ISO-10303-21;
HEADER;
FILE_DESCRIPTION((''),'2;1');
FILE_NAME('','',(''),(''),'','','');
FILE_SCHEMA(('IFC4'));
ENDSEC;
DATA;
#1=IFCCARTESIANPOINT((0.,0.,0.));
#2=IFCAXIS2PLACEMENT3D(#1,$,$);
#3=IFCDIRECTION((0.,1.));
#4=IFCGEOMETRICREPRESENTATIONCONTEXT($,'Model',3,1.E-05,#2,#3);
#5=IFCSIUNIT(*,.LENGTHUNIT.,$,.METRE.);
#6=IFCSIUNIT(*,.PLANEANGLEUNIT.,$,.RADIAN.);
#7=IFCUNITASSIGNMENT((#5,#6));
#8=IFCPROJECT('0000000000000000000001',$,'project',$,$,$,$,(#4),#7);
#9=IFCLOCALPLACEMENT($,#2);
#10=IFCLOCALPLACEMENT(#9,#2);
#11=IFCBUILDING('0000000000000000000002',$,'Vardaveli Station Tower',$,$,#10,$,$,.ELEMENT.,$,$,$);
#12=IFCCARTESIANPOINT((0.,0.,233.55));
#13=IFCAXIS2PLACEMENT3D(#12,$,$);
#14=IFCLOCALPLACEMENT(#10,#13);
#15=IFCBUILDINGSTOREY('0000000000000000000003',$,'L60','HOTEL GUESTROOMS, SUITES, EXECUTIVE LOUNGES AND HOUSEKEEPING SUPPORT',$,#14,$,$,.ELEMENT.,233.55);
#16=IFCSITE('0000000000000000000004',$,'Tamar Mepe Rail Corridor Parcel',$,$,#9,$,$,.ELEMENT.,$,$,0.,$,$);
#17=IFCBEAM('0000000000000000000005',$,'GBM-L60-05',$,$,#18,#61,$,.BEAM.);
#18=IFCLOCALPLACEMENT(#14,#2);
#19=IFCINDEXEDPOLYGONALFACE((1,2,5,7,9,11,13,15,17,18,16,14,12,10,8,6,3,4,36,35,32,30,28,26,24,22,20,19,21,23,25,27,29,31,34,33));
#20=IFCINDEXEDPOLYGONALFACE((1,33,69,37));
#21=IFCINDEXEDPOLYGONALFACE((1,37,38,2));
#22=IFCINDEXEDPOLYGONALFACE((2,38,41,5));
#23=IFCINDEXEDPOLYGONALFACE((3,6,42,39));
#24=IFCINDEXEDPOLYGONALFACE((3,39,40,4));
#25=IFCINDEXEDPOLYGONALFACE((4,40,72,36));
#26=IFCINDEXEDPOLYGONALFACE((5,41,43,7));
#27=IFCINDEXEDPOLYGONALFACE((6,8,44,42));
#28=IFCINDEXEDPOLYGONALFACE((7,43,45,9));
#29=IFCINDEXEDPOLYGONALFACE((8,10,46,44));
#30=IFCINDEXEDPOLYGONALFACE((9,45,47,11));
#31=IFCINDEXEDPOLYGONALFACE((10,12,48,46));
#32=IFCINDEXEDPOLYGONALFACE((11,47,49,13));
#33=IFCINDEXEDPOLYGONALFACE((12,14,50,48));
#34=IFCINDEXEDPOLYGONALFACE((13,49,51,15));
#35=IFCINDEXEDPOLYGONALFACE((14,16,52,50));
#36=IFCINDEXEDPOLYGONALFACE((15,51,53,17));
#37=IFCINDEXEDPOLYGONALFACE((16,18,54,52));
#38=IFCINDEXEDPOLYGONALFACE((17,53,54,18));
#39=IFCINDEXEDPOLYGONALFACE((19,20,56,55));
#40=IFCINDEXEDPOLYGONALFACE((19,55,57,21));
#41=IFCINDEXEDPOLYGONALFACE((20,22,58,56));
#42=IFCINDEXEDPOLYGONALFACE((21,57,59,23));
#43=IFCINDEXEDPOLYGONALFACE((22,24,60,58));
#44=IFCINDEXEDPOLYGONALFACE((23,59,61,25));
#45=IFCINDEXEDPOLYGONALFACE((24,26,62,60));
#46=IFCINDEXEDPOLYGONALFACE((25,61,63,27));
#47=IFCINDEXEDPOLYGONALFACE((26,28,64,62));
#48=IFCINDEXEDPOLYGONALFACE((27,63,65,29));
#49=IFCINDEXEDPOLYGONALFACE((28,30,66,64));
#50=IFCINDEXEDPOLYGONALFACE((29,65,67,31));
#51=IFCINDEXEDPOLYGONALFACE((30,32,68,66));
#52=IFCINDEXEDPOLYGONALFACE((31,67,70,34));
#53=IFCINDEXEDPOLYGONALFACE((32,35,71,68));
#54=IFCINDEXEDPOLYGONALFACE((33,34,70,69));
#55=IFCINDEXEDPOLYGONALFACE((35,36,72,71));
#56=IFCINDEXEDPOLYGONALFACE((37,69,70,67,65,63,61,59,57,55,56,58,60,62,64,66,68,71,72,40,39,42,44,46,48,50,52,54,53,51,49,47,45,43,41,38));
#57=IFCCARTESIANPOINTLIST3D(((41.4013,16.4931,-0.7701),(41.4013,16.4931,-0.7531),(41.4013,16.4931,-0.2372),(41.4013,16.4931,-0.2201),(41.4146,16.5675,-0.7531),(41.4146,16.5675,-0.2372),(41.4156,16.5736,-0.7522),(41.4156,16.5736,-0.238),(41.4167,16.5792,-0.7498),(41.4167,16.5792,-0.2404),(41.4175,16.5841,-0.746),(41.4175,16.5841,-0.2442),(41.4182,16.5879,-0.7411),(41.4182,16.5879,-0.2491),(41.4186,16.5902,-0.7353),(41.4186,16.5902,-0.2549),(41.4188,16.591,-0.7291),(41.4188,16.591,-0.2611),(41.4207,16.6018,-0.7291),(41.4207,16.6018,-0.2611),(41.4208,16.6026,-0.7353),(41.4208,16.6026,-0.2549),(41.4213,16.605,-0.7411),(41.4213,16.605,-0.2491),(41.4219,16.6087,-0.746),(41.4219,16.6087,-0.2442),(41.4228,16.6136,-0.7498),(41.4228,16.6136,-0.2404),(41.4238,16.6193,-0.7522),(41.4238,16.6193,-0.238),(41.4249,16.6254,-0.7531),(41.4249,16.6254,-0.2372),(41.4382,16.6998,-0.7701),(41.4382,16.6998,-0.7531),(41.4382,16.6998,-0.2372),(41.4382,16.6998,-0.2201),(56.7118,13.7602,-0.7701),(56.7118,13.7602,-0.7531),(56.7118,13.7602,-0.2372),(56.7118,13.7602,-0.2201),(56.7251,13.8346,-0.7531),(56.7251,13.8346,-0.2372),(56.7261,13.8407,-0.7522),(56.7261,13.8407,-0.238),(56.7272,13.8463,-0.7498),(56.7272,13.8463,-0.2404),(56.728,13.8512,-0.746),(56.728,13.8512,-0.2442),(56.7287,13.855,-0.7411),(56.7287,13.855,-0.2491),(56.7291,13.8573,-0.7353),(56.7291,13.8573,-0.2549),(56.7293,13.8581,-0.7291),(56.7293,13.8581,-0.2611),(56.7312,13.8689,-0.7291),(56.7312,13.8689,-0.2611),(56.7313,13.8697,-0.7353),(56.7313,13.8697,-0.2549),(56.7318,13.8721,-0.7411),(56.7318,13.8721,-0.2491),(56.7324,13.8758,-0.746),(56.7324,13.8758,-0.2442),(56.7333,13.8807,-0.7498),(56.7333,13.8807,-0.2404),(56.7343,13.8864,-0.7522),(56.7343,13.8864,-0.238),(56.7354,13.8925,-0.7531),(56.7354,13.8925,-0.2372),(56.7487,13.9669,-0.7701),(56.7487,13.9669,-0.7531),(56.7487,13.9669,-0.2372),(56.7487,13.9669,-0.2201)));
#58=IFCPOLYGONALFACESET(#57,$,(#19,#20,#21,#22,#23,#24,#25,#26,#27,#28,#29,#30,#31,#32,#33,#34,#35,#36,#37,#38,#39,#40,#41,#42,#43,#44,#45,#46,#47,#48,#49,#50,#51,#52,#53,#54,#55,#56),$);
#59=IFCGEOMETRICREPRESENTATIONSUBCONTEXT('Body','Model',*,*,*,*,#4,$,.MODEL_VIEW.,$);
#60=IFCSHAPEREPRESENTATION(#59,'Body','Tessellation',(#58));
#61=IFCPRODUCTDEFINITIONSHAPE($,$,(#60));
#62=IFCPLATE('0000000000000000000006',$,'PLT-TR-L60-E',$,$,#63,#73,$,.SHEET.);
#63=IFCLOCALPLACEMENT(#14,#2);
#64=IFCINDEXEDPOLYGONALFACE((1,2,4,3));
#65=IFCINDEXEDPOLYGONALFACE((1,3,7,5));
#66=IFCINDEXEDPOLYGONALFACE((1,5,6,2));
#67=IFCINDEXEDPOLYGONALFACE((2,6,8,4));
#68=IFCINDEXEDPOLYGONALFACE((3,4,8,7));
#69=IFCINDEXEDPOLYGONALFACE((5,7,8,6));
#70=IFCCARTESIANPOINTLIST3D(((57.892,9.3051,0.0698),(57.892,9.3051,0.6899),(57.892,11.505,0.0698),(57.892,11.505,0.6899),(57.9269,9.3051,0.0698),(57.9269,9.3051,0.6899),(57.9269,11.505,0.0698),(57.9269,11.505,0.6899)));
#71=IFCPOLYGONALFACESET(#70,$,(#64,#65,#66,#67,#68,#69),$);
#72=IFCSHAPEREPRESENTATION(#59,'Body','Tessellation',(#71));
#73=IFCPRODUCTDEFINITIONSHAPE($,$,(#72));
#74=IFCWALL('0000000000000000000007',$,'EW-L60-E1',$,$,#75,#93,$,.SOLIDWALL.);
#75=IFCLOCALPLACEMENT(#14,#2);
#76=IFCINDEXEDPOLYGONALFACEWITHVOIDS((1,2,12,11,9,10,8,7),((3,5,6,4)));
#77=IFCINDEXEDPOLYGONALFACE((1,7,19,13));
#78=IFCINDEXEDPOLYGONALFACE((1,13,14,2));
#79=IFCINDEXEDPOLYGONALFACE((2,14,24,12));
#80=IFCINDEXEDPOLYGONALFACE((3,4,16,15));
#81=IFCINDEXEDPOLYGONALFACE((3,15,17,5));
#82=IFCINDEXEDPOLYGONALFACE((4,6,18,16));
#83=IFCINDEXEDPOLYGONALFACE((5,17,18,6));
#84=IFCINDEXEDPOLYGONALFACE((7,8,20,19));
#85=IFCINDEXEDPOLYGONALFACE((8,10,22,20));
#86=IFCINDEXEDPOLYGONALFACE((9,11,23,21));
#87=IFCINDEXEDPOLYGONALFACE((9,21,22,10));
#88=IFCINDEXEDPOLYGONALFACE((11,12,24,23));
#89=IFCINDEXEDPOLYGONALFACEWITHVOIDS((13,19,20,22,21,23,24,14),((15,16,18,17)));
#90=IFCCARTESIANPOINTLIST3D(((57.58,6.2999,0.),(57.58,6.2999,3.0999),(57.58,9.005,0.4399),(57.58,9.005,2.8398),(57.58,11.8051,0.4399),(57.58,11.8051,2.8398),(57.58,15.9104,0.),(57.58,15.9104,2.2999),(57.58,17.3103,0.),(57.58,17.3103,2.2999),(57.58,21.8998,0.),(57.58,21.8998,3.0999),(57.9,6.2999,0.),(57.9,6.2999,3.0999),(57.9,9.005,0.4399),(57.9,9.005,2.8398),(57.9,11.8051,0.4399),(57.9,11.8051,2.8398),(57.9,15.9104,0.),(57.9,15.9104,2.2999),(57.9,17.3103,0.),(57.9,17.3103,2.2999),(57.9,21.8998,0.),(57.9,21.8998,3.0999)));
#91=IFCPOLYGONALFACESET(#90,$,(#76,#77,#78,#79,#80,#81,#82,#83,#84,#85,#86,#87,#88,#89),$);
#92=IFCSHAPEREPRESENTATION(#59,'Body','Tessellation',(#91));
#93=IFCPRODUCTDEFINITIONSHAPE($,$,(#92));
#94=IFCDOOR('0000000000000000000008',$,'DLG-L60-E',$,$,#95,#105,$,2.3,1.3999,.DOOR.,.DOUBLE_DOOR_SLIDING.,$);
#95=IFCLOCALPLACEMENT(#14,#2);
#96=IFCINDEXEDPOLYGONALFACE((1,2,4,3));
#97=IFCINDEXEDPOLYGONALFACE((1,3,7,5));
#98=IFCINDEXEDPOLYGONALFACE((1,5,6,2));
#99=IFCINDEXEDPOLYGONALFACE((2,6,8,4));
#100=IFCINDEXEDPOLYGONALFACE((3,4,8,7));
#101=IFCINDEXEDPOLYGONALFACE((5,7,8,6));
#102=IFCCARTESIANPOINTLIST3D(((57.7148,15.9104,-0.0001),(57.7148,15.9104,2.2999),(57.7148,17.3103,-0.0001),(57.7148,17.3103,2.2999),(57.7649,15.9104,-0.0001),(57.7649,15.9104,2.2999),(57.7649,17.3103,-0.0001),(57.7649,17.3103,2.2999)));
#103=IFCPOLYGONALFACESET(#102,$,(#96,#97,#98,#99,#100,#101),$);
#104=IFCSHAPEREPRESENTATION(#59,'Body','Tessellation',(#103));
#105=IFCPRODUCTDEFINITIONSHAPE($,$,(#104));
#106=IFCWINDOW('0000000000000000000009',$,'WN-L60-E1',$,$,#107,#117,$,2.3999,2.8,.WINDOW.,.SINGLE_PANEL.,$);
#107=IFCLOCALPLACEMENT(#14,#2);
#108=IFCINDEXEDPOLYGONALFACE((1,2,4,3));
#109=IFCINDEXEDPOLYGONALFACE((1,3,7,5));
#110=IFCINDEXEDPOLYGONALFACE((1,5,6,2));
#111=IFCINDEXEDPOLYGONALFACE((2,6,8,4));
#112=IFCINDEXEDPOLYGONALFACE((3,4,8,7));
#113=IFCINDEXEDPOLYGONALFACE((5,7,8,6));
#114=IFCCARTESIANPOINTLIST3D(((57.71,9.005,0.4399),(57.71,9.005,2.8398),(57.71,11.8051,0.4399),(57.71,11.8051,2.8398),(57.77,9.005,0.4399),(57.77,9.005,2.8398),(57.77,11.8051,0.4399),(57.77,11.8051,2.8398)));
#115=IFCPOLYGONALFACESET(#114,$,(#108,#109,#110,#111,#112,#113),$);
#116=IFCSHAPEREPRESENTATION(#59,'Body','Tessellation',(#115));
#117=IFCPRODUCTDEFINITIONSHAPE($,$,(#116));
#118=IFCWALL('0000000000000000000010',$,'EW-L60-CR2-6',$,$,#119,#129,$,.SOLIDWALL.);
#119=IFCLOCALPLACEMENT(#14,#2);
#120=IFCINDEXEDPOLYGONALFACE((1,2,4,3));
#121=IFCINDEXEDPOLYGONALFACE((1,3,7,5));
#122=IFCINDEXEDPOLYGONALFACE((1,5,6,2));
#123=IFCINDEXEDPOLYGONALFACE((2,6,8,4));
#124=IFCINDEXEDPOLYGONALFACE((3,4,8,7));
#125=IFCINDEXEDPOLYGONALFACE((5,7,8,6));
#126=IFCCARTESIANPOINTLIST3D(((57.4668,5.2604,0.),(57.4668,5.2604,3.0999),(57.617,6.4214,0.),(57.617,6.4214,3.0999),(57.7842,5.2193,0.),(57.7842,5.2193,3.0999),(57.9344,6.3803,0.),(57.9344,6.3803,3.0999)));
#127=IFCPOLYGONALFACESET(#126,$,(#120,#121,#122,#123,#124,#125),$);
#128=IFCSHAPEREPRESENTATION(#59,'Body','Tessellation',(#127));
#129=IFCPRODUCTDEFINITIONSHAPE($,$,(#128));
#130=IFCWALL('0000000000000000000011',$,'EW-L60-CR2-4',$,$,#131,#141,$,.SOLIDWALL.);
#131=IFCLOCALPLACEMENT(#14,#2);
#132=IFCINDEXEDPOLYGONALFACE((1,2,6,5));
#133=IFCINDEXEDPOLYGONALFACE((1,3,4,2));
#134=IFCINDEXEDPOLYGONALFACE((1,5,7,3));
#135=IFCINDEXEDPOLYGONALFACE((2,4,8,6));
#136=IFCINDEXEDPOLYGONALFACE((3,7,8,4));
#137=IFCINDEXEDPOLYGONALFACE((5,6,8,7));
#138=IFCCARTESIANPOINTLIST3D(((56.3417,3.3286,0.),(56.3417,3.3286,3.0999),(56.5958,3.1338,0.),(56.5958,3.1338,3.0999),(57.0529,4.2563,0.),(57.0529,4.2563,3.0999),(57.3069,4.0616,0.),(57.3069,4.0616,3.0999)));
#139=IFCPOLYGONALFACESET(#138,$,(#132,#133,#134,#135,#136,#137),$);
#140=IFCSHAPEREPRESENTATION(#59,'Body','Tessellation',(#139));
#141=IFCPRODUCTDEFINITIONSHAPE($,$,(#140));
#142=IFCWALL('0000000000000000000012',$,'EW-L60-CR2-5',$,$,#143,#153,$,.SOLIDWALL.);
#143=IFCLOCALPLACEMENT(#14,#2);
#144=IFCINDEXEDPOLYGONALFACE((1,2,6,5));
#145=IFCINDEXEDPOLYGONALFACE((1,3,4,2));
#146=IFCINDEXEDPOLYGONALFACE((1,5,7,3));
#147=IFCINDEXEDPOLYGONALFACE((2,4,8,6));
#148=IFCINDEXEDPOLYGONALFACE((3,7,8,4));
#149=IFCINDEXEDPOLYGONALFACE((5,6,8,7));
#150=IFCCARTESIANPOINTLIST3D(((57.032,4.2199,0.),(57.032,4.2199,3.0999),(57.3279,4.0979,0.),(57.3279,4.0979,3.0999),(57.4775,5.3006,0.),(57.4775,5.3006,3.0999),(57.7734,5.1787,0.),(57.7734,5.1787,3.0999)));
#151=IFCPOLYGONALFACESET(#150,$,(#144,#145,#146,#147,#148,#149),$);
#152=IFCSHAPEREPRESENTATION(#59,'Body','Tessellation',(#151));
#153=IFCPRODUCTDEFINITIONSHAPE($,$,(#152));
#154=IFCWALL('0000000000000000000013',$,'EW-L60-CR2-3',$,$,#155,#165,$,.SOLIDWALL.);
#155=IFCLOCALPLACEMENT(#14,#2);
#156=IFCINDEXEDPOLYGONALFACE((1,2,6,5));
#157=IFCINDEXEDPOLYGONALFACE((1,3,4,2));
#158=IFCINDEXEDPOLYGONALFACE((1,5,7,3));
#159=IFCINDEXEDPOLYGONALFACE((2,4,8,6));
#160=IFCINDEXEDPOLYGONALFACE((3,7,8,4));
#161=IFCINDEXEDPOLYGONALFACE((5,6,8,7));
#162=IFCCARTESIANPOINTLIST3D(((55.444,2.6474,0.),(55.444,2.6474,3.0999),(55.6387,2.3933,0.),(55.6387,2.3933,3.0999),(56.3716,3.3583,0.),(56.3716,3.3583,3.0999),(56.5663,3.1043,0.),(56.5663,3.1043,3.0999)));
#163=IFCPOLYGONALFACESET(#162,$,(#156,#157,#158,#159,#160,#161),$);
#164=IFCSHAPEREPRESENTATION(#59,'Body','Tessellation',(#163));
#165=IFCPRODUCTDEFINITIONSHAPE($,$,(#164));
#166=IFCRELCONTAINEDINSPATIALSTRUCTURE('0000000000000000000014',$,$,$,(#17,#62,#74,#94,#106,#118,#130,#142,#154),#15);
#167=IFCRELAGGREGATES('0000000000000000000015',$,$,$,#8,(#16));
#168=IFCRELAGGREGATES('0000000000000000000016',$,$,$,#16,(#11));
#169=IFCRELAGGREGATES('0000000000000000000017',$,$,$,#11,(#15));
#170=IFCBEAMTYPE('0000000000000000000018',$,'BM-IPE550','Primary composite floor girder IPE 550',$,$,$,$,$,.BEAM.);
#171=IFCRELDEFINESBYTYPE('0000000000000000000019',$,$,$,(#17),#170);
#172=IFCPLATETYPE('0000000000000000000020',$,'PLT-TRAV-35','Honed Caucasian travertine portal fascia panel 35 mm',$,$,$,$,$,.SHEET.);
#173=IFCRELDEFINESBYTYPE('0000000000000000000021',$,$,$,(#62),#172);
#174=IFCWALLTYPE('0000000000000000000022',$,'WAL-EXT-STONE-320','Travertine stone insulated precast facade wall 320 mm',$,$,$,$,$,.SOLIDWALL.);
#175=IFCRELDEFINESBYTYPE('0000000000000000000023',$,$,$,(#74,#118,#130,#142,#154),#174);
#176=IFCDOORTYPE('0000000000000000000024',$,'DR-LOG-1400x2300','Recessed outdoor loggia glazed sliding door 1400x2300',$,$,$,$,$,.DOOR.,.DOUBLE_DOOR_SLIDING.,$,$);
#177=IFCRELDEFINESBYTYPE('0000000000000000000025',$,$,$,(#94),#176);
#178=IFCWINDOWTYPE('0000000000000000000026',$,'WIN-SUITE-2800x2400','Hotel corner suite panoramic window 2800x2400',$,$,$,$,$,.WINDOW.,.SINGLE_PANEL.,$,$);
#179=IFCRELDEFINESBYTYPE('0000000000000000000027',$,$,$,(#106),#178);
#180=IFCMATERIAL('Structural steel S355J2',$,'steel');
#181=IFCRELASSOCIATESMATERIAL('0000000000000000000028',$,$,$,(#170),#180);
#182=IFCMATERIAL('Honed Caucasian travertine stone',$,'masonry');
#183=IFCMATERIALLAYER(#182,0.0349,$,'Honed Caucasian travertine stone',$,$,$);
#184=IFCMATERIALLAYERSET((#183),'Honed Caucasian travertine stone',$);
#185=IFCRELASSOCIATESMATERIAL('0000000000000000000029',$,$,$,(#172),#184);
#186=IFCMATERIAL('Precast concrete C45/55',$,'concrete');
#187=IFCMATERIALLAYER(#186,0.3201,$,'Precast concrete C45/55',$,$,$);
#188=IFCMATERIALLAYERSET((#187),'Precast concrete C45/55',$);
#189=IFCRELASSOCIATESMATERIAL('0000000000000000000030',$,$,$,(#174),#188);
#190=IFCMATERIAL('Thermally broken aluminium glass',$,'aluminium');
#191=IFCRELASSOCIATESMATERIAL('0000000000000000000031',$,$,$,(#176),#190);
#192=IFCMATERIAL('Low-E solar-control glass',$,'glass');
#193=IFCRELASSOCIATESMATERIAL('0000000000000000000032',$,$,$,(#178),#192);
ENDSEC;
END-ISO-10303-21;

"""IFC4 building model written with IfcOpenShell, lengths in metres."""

from ifc_helpers import new_model, si_unit, direction, frame, frame_2d, origin, origin_2d, place, context, subcontext, project, spatial, rectangle, i_section, extrude, source, transform, mapped, material, layer, layer_set, material_profile, profile_set, type_object, element, fill, save


model = new_model("IFC4")

# Units and contexts
model_context = context("Model", 3, precision=1e-05, world=origin(), true_north=direction((0.0, 1.0)))
body_context = subcontext(model_context, "Body", "Model", "MODEL_VIEW")
ifc_project = project(units=[si_unit("LENGTHUNIT", "METRE"), si_unit("PLANEANGLEUNIT", "RADIAN")], contexts=[model_context])

# Site, building, storey
site_placement = place(None, origin())
site = spatial("IfcSite", under=ifc_project, at=site_placement, Name="Tamar Mepe Rail Corridor Parcel", CompositionType="ELEMENT", RefElevation=0.0)
building_placement = place(site_placement, origin())
building = spatial("IfcBuilding", under=site, at=building_placement, Name="Vardaveli Station Tower", CompositionType="ELEMENT")
storey_placement = place(building_placement, frame((0.0, 0.0, 233.55)))
storey = spatial("IfcBuildingStorey", under=building, at=storey_placement, Name="L60", Description="HOTEL GUESTROOMS, SUITES, EXECUTIVE LOUNGES AND HOUSEKEEPING SUPPORT", CompositionType="ELEMENT", Elevation=233.55)

# Beam
ifc_material_1 = material(Name="Precast concrete C45/55", Category="concrete")
ifc_material_2 = material(Name="Structural steel S355J2", Category="steel")
ifc_material_profile_1 = material_profile(ifc_material_2, i_section(OverallWidth=0.21, OverallDepth=0.55, WebThickness=0.011, FlangeThickness=0.0171, FilletRadius=0.0239, at=origin_2d()), Name="IPE 550")
ifc_profile_set_1 = profile_set([ifc_material_profile_1], Name="Structural steel S355J2")
beam_type_1 = type_object("IfcBeamType", Name="BM-IPE550", Description="Primary composite floor girder IPE 550", PredefinedType="BEAM", material=ifc_profile_set_1)
shared_shape_1 = source(origin(), body_context, "Body", "SweptSolid", [
    extrude(i_section(OverallWidth=0.21, OverallDepth=0.55, WebThickness=0.011, FlangeThickness=0.0171, FilletRadius=0.0239, at=origin_2d()), origin(), (0.0, 0.0, 1.0), 15.5525),
])
beam_1_placement = place(storey_placement, frame((56.7302, 13.8635, -0.4951), z_axis=(-0.98444, 0.175721, 0.0), x_axis=(-0.175721, -0.98444, 0.0)))
element("IfcBeam", 1, at=beam_1_placement, inside=storey, type_object=beam_type_1, Name="GBM-L60-05", PredefinedType="BEAM", context=body_context, shape_type="MappedRepresentation", body=[
    mapped(shared_shape_1, transform((0.0, 0.0, 0.0), scale=1.0)),
])

# Plate
ifc_material_3 = material(Name="Honed Caucasian travertine stone", Category="masonry")
ifc_layer_1 = layer(ifc_material_3, 0.0349, Name="Honed Caucasian travertine stone")
ifc_layer_set_1 = layer_set([ifc_layer_1], Name="Honed Caucasian travertine stone")
plate_type = type_object("IfcPlateType", Name="PLT-TRAV-35", Description="Honed Caucasian travertine portal fascia panel 35 mm", PredefinedType="SHEET", material=ifc_layer_set_1)
shared_shape_2 = source(origin(), body_context, "Body", "SweptSolid", [
    extrude(rectangle(XDim=2.2, YDim=0.0349, at=origin_2d()), origin(), (0.0, 0.0, 1.0), 0.6201),
])
plate_placement = place(storey_placement, frame((57.9094, 10.405, 0.0698), z_axis=(0.0, 0.0, 1.0), x_axis=(0.0, 1.0, 0.0)))
element("IfcPlate", 2, at=plate_placement, inside=storey, type_object=plate_type, Name="PLT-TR-L60-E", PredefinedType="SHEET", context=body_context, shape_type="MappedRepresentation", body=[
    mapped(shared_shape_2, transform((0.0, 0.0, 0.0), scale=1.0)),
])

# Wall, openings, door, window
ifc_layer_2 = layer(ifc_material_1, 0.3201, Name="Precast concrete C45/55")
ifc_layer_set_2 = layer_set([ifc_layer_2], Name="Precast concrete C45/55")
wall_type_1 = type_object("IfcWallType", Name="WAL-EXT-STONE-320", Description="Travertine stone insulated precast facade wall 320 mm", PredefinedType="SOLIDWALL", material=ifc_layer_set_2)
shared_shape_3 = source(origin(), body_context, "Body", "SweptSolid", [
    extrude(rectangle(XDim=15.5999, YDim=0.3201, at=frame_2d((7.7998, 0.0))), origin(), (0.0, 0.0, 1.0), 3.0999),
])
wall_1_placement = place(storey_placement, frame((57.74, 6.3, 0.0), z_axis=(0.0, 0.0, 1.0), x_axis=(0.0, 1.0, 0.0)))
wall_1 = element("IfcWall", 3, at=wall_1_placement, inside=storey, type_object=wall_type_1, Name="EW-L60-E1", PredefinedType="SOLIDWALL", context=body_context, shape_type="MappedRepresentation", body=[
    mapped(shared_shape_3, transform((0.0, 0.0, 0.0), scale=1.0)),
])
shared_shape_4 = source(origin(), body_context, "Body", "SweptSolid", [
    extrude(rectangle(XDim=1.3999, YDim=2.3, at=frame_2d((0.7, 1.1499))), frame((0.0, 0.1699, 0.0), z_axis=(0.0, -1.0, 0.0), x_axis=(1.0, 0.0, 0.0)), (0.0, 0.0, 1.0), 0.3401),
])
opening_1_placement = place(wall_1_placement, frame((9.6104, 0.0, 0.0)))
opening_1 = element("IfcOpeningElement", 4, at=opening_1_placement, cuts=wall_1, PredefinedType="OPENING", context=body_context, shape_type="MappedRepresentation", body=[
    mapped(shared_shape_4, transform((0.0, 0.0, 0.0), scale=1.0)),
])
shared_shape_5 = source(origin(), body_context, "Body", "SweptSolid", [
    extrude(rectangle(XDim=2.8, YDim=2.3999, at=frame_2d((1.3999, 1.2))), frame((0.0, 0.1699, 0.0), z_axis=(0.0, -1.0, 0.0), x_axis=(1.0, 0.0, 0.0)), (0.0, 0.0, 1.0), 0.3401),
])
opening_2_placement = place(wall_1_placement, frame((2.7051, 0.0, 0.4399)))
opening_2 = element("IfcOpeningElement", 5, at=opening_2_placement, cuts=wall_1, PredefinedType="OPENING", context=body_context, shape_type="MappedRepresentation", body=[
    mapped(shared_shape_5, transform((0.0, 0.0, 0.0), scale=1.0)),
])
ifc_material_4 = material(Name="Thermally broken aluminium glass", Category="aluminium")
door_type_1 = type_object("IfcDoorType", Name="DR-LOG-1400x2300", Description="Recessed outdoor loggia glazed sliding door 1400x2300", OperationType="DOUBLE_DOOR_SLIDING", PredefinedType="DOOR", material=ifc_material_4)
shared_shape_6 = source(origin(), body_context, "Body", "SweptSolid", [
    extrude(rectangle(XDim=1.3999, YDim=2.3, at=frame_2d((0.7, 1.1499))), frame((0.0, 0.0249, 0.0), z_axis=(0.0, -1.0, 0.0), x_axis=(1.0, 0.0, 0.0)), (0.0, 0.0, 1.0), 0.05),
])
door_1_placement = place(opening_1_placement, frame((1.3999, 0.0, 0.0), z_axis=(0.0, 0.0, 1.0), x_axis=(-1.0, 0.0, 0.0)))
door_1 = element("IfcDoor", 6, at=door_1_placement, inside=storey, type_object=door_type_1, Name="DLG-L60-E", OperationType="DOUBLE_DOOR_SLIDING", OverallHeight=2.3, OverallWidth=1.3999, PredefinedType="DOOR", context=body_context, shape_type="MappedRepresentation", body=[
    mapped(shared_shape_6, transform((0.0, 0.0, 0.0), scale=1.0)),
])
fill(opening_1, door_1)
ifc_material_5 = material(Name="Low-E solar-control glass", Category="glass")
window_type = type_object("IfcWindowType", Name="WIN-SUITE-2800x2400", Description="Hotel corner suite panoramic window 2800x2400", PartitioningType="SINGLE_PANEL", PredefinedType="WINDOW", material=ifc_material_5)
shared_shape_7 = source(origin(), body_context, "Body", "SweptSolid", [
    extrude(rectangle(XDim=2.8, YDim=2.3999, at=frame_2d((1.3999, 1.2))), frame((0.0, 0.03, 0.0), z_axis=(0.0, -1.0, 0.0), x_axis=(1.0, 0.0, 0.0)), (0.0, 0.0, 1.0), 0.0601),
])
window_placement = place(opening_2_placement, origin())
window = element("IfcWindow", 7, at=window_placement, inside=storey, type_object=window_type, Name="WN-L60-E1", OverallHeight=2.3999, OverallWidth=2.8, PartitioningType="SINGLE_PANEL", PredefinedType="WINDOW", context=body_context, shape_type="MappedRepresentation", body=[
    mapped(shared_shape_7, transform((0.0, 0.0, 0.0), scale=1.0)),
])
fill(opening_2, window)

# Walls
shared_shape_8 = source(origin(), body_context, "Body", "SweptSolid", [
    extrude(rectangle(XDim=1.1707, YDim=0.3201, at=frame_2d((0.5854, 0.0))), origin(), (0.0, 0.0, 1.0), 3.0999),
])
wall_2_placement = place(storey_placement, frame((57.6255, 5.2397, 0.0), z_axis=(0.0, 0.0, 1.0), x_axis=(0.128269, 0.991739, 0.0)))
element("IfcWall", 8, at=wall_2_placement, inside=storey, type_object=wall_type_1, Name="EW-L60-CR2-6", PredefinedType="SOLIDWALL", context=body_context, shape_type="MappedRepresentation", body=[
    mapped(shared_shape_8, transform((0.0, 0.0, 0.0), scale=1.0)),
])
shared_shape_9 = source(origin(), body_context, "Body", "SweptSolid", [
    extrude(rectangle(XDim=1.1689, YDim=0.3201, at=frame_2d((0.5845, 0.0))), origin(), (0.0, 0.0, 1.0), 3.0999),
])
for number, where, z_axis, x_axis, name in (
    (9, (56.4688, 3.2312, 0.0), (0.0, 0.0, 1.0), (0.608388, 0.79364, 0.0), "EW-L60-CR2-4"),
    (10, (57.1799, 4.1589, 0.0), (0.0, 0.0, 1.0), (0.381128, 0.924522, 0.0), "EW-L60-CR2-5"),
):
    element("IfcWall", number, at=place(storey_placement, frame(where, z_axis=z_axis, x_axis=x_axis)), inside=storey, type_object=wall_type_1, Name=name, PredefinedType="SOLIDWALL", context=body_context, shape_type="MappedRepresentation", body=[
        mapped(shared_shape_9, transform((0.0, 0.0, 0.0), scale=1.0)),
    ])
shared_shape_10 = source(origin(), body_context, "Body", "SweptSolid", [
    extrude(rectangle(XDim=1.1687, YDim=0.3201, at=frame_2d((0.5845, 0.0))), origin(), (0.0, 0.0, 1.0), 3.0999),
])
wall_3_placement = place(storey_placement, frame((55.5413, 2.5203, 0.0), z_axis=(0.0, 0.0, 1.0), x_axis=(0.793664, 0.608357, 0.0)))
element("IfcWall", 11, at=wall_3_placement, inside=storey, type_object=wall_type_1, Name="EW-L60-CR2-3", PredefinedType="SOLIDWALL", context=body_context, shape_type="MappedRepresentation", body=[
    mapped(shared_shape_10, transform((0.0, 0.0, 0.0), scale=1.0)),
])

save(model, "model.ifc")
